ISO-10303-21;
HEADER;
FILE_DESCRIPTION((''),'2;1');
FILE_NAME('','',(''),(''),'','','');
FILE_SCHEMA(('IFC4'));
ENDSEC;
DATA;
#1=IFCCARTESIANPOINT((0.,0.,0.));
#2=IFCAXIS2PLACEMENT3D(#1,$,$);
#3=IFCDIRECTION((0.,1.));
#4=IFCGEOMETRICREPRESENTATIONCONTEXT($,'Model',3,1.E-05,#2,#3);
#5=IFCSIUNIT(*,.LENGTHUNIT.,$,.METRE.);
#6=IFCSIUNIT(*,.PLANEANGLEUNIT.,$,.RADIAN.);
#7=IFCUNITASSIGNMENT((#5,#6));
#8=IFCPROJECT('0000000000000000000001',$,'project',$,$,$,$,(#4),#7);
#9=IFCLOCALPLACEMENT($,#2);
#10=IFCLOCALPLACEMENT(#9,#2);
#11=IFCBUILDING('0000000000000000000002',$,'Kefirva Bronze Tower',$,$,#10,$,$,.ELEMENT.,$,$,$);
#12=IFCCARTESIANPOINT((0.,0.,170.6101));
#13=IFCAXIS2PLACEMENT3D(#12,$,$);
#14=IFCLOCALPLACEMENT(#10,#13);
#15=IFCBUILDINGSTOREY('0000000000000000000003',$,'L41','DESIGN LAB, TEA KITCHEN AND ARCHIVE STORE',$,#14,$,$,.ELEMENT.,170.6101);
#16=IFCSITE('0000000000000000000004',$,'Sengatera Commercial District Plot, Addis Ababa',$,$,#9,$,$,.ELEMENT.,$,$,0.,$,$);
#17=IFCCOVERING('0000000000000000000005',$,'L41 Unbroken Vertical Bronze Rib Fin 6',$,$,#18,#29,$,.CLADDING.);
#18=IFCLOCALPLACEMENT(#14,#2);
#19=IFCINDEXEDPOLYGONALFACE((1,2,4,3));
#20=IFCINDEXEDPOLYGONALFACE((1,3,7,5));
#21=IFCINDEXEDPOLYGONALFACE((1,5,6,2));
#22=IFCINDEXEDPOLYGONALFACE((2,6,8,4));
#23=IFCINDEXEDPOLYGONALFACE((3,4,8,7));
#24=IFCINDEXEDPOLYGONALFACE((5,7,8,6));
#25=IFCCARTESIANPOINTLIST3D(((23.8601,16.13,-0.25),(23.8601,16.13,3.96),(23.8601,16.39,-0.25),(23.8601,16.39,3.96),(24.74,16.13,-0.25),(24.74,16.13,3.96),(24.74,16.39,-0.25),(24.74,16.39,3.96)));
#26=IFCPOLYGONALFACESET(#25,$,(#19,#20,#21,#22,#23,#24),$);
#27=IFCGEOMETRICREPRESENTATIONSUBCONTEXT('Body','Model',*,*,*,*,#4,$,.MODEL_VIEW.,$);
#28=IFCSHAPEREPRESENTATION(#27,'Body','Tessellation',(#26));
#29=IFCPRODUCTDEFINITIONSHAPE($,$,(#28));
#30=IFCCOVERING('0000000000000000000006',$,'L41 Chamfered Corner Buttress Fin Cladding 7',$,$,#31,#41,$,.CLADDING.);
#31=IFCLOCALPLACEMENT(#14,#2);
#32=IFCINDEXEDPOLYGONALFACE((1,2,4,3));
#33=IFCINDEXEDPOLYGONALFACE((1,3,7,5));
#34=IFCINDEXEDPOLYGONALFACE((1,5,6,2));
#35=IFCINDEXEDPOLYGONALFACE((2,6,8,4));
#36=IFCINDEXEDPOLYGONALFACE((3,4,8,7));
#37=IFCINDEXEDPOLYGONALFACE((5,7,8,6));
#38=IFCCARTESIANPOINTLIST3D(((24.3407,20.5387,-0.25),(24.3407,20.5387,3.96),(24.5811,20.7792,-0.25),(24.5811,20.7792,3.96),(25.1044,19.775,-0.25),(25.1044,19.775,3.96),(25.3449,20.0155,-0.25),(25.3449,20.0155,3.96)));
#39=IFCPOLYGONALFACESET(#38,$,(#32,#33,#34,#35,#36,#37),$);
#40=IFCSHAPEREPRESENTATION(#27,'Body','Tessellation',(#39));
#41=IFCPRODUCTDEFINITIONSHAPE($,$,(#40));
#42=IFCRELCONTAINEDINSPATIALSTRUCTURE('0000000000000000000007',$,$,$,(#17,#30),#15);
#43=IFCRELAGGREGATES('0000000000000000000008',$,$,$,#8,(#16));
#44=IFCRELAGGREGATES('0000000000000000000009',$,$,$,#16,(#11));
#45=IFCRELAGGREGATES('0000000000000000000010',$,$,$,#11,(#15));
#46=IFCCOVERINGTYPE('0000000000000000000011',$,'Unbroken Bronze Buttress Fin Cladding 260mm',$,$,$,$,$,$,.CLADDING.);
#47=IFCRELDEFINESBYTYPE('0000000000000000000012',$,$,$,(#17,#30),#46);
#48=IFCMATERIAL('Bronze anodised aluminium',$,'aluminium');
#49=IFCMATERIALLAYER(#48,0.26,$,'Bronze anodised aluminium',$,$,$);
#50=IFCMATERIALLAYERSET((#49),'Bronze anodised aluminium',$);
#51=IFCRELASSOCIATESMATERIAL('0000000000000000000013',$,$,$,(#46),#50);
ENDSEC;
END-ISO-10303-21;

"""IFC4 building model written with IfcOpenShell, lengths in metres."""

from ifc_helpers import new_model, si_unit, direction, frame, origin, origin_2d, place, context, subcontext, project, spatial, rectangle, extrude, material, layer, layer_set, type_object, element, save


model = new_model("IFC4")

# Units and contexts
model_context = context("Model", 3, precision=1e-05, world=origin(), true_north=direction((0.0, 1.0)))
body_context = subcontext(model_context, "Body", "Model", "MODEL_VIEW")
ifc_project = project(units=[si_unit("LENGTHUNIT", "METRE"), si_unit("PLANEANGLEUNIT", "RADIAN")], contexts=[model_context])

# Site, building, storey
site_placement = place(None, origin())
site = spatial("IfcSite", under=ifc_project, at=site_placement, Name="Sengatera Commercial District Plot, Addis Ababa", CompositionType="ELEMENT", RefElevation=0.0)
building_placement = place(site_placement, origin())
building = spatial("IfcBuilding", under=site, at=building_placement, Name="Kefirva Bronze Tower", CompositionType="ELEMENT")
storey_placement = place(building_placement, frame((0.0, 0.0, 170.6101)))
storey = spatial("IfcBuildingStorey", under=building, at=storey_placement, Name="L41", Description="DESIGN LAB, TEA KITCHEN AND ARCHIVE STORE", CompositionType="ELEMENT", Elevation=170.6101)

# Shared definitions
ifc_material_1 = material(Name="Bronze anodised aluminium", Category="aluminium")

# Coverings
ifc_layer_1 = layer(ifc_material_1, 0.26, Name="Bronze anodised aluminium")
ifc_layer_set_1 = layer_set([ifc_layer_1], Name="Bronze anodised aluminium")
covering_type_1 = type_object("IfcCoveringType", Name="Unbroken Bronze Buttress Fin Cladding 260mm", PredefinedType="CLADDING", material=ifc_layer_set_1)
covering_1_placement = place(storey_placement, frame((24.3, 16.26, -0.25), z_axis=(0.0, 0.0, 1.0), x_axis=(0.0, 1.0, 0.0)))
element("IfcCovering", 1, at=covering_1_placement, inside=storey, type_object=covering_type_1, Name="L41 Unbroken Vertical Bronze Rib Fin 6", PredefinedType="CLADDING", context=body_context, shape_type="SweptSolid", body=[
    extrude(rectangle(XDim=0.26, YDim=0.8799, at=origin_2d()), origin(), (0.0, 0.0, 1.0), 4.21),
])
covering_2_placement = place(storey_placement, frame((24.8428, 20.2771, -0.25), z_axis=(0.0, 0.0, 1.0), x_axis=(0.707107, 0.707107, 0.0)))
element("IfcCovering", 2, at=covering_2_placement, inside=storey, type_object=covering_type_1, Name="L41 Chamfered Corner Buttress Fin Cladding 7", PredefinedType="CLADDING", context=body_context, shape_type="SweptSolid", body=[
    extrude(rectangle(XDim=0.3401, YDim=1.0801, at=origin_2d()), origin(), (0.0, 0.0, 1.0), 4.21),
])

save(model, "model.ifc")
